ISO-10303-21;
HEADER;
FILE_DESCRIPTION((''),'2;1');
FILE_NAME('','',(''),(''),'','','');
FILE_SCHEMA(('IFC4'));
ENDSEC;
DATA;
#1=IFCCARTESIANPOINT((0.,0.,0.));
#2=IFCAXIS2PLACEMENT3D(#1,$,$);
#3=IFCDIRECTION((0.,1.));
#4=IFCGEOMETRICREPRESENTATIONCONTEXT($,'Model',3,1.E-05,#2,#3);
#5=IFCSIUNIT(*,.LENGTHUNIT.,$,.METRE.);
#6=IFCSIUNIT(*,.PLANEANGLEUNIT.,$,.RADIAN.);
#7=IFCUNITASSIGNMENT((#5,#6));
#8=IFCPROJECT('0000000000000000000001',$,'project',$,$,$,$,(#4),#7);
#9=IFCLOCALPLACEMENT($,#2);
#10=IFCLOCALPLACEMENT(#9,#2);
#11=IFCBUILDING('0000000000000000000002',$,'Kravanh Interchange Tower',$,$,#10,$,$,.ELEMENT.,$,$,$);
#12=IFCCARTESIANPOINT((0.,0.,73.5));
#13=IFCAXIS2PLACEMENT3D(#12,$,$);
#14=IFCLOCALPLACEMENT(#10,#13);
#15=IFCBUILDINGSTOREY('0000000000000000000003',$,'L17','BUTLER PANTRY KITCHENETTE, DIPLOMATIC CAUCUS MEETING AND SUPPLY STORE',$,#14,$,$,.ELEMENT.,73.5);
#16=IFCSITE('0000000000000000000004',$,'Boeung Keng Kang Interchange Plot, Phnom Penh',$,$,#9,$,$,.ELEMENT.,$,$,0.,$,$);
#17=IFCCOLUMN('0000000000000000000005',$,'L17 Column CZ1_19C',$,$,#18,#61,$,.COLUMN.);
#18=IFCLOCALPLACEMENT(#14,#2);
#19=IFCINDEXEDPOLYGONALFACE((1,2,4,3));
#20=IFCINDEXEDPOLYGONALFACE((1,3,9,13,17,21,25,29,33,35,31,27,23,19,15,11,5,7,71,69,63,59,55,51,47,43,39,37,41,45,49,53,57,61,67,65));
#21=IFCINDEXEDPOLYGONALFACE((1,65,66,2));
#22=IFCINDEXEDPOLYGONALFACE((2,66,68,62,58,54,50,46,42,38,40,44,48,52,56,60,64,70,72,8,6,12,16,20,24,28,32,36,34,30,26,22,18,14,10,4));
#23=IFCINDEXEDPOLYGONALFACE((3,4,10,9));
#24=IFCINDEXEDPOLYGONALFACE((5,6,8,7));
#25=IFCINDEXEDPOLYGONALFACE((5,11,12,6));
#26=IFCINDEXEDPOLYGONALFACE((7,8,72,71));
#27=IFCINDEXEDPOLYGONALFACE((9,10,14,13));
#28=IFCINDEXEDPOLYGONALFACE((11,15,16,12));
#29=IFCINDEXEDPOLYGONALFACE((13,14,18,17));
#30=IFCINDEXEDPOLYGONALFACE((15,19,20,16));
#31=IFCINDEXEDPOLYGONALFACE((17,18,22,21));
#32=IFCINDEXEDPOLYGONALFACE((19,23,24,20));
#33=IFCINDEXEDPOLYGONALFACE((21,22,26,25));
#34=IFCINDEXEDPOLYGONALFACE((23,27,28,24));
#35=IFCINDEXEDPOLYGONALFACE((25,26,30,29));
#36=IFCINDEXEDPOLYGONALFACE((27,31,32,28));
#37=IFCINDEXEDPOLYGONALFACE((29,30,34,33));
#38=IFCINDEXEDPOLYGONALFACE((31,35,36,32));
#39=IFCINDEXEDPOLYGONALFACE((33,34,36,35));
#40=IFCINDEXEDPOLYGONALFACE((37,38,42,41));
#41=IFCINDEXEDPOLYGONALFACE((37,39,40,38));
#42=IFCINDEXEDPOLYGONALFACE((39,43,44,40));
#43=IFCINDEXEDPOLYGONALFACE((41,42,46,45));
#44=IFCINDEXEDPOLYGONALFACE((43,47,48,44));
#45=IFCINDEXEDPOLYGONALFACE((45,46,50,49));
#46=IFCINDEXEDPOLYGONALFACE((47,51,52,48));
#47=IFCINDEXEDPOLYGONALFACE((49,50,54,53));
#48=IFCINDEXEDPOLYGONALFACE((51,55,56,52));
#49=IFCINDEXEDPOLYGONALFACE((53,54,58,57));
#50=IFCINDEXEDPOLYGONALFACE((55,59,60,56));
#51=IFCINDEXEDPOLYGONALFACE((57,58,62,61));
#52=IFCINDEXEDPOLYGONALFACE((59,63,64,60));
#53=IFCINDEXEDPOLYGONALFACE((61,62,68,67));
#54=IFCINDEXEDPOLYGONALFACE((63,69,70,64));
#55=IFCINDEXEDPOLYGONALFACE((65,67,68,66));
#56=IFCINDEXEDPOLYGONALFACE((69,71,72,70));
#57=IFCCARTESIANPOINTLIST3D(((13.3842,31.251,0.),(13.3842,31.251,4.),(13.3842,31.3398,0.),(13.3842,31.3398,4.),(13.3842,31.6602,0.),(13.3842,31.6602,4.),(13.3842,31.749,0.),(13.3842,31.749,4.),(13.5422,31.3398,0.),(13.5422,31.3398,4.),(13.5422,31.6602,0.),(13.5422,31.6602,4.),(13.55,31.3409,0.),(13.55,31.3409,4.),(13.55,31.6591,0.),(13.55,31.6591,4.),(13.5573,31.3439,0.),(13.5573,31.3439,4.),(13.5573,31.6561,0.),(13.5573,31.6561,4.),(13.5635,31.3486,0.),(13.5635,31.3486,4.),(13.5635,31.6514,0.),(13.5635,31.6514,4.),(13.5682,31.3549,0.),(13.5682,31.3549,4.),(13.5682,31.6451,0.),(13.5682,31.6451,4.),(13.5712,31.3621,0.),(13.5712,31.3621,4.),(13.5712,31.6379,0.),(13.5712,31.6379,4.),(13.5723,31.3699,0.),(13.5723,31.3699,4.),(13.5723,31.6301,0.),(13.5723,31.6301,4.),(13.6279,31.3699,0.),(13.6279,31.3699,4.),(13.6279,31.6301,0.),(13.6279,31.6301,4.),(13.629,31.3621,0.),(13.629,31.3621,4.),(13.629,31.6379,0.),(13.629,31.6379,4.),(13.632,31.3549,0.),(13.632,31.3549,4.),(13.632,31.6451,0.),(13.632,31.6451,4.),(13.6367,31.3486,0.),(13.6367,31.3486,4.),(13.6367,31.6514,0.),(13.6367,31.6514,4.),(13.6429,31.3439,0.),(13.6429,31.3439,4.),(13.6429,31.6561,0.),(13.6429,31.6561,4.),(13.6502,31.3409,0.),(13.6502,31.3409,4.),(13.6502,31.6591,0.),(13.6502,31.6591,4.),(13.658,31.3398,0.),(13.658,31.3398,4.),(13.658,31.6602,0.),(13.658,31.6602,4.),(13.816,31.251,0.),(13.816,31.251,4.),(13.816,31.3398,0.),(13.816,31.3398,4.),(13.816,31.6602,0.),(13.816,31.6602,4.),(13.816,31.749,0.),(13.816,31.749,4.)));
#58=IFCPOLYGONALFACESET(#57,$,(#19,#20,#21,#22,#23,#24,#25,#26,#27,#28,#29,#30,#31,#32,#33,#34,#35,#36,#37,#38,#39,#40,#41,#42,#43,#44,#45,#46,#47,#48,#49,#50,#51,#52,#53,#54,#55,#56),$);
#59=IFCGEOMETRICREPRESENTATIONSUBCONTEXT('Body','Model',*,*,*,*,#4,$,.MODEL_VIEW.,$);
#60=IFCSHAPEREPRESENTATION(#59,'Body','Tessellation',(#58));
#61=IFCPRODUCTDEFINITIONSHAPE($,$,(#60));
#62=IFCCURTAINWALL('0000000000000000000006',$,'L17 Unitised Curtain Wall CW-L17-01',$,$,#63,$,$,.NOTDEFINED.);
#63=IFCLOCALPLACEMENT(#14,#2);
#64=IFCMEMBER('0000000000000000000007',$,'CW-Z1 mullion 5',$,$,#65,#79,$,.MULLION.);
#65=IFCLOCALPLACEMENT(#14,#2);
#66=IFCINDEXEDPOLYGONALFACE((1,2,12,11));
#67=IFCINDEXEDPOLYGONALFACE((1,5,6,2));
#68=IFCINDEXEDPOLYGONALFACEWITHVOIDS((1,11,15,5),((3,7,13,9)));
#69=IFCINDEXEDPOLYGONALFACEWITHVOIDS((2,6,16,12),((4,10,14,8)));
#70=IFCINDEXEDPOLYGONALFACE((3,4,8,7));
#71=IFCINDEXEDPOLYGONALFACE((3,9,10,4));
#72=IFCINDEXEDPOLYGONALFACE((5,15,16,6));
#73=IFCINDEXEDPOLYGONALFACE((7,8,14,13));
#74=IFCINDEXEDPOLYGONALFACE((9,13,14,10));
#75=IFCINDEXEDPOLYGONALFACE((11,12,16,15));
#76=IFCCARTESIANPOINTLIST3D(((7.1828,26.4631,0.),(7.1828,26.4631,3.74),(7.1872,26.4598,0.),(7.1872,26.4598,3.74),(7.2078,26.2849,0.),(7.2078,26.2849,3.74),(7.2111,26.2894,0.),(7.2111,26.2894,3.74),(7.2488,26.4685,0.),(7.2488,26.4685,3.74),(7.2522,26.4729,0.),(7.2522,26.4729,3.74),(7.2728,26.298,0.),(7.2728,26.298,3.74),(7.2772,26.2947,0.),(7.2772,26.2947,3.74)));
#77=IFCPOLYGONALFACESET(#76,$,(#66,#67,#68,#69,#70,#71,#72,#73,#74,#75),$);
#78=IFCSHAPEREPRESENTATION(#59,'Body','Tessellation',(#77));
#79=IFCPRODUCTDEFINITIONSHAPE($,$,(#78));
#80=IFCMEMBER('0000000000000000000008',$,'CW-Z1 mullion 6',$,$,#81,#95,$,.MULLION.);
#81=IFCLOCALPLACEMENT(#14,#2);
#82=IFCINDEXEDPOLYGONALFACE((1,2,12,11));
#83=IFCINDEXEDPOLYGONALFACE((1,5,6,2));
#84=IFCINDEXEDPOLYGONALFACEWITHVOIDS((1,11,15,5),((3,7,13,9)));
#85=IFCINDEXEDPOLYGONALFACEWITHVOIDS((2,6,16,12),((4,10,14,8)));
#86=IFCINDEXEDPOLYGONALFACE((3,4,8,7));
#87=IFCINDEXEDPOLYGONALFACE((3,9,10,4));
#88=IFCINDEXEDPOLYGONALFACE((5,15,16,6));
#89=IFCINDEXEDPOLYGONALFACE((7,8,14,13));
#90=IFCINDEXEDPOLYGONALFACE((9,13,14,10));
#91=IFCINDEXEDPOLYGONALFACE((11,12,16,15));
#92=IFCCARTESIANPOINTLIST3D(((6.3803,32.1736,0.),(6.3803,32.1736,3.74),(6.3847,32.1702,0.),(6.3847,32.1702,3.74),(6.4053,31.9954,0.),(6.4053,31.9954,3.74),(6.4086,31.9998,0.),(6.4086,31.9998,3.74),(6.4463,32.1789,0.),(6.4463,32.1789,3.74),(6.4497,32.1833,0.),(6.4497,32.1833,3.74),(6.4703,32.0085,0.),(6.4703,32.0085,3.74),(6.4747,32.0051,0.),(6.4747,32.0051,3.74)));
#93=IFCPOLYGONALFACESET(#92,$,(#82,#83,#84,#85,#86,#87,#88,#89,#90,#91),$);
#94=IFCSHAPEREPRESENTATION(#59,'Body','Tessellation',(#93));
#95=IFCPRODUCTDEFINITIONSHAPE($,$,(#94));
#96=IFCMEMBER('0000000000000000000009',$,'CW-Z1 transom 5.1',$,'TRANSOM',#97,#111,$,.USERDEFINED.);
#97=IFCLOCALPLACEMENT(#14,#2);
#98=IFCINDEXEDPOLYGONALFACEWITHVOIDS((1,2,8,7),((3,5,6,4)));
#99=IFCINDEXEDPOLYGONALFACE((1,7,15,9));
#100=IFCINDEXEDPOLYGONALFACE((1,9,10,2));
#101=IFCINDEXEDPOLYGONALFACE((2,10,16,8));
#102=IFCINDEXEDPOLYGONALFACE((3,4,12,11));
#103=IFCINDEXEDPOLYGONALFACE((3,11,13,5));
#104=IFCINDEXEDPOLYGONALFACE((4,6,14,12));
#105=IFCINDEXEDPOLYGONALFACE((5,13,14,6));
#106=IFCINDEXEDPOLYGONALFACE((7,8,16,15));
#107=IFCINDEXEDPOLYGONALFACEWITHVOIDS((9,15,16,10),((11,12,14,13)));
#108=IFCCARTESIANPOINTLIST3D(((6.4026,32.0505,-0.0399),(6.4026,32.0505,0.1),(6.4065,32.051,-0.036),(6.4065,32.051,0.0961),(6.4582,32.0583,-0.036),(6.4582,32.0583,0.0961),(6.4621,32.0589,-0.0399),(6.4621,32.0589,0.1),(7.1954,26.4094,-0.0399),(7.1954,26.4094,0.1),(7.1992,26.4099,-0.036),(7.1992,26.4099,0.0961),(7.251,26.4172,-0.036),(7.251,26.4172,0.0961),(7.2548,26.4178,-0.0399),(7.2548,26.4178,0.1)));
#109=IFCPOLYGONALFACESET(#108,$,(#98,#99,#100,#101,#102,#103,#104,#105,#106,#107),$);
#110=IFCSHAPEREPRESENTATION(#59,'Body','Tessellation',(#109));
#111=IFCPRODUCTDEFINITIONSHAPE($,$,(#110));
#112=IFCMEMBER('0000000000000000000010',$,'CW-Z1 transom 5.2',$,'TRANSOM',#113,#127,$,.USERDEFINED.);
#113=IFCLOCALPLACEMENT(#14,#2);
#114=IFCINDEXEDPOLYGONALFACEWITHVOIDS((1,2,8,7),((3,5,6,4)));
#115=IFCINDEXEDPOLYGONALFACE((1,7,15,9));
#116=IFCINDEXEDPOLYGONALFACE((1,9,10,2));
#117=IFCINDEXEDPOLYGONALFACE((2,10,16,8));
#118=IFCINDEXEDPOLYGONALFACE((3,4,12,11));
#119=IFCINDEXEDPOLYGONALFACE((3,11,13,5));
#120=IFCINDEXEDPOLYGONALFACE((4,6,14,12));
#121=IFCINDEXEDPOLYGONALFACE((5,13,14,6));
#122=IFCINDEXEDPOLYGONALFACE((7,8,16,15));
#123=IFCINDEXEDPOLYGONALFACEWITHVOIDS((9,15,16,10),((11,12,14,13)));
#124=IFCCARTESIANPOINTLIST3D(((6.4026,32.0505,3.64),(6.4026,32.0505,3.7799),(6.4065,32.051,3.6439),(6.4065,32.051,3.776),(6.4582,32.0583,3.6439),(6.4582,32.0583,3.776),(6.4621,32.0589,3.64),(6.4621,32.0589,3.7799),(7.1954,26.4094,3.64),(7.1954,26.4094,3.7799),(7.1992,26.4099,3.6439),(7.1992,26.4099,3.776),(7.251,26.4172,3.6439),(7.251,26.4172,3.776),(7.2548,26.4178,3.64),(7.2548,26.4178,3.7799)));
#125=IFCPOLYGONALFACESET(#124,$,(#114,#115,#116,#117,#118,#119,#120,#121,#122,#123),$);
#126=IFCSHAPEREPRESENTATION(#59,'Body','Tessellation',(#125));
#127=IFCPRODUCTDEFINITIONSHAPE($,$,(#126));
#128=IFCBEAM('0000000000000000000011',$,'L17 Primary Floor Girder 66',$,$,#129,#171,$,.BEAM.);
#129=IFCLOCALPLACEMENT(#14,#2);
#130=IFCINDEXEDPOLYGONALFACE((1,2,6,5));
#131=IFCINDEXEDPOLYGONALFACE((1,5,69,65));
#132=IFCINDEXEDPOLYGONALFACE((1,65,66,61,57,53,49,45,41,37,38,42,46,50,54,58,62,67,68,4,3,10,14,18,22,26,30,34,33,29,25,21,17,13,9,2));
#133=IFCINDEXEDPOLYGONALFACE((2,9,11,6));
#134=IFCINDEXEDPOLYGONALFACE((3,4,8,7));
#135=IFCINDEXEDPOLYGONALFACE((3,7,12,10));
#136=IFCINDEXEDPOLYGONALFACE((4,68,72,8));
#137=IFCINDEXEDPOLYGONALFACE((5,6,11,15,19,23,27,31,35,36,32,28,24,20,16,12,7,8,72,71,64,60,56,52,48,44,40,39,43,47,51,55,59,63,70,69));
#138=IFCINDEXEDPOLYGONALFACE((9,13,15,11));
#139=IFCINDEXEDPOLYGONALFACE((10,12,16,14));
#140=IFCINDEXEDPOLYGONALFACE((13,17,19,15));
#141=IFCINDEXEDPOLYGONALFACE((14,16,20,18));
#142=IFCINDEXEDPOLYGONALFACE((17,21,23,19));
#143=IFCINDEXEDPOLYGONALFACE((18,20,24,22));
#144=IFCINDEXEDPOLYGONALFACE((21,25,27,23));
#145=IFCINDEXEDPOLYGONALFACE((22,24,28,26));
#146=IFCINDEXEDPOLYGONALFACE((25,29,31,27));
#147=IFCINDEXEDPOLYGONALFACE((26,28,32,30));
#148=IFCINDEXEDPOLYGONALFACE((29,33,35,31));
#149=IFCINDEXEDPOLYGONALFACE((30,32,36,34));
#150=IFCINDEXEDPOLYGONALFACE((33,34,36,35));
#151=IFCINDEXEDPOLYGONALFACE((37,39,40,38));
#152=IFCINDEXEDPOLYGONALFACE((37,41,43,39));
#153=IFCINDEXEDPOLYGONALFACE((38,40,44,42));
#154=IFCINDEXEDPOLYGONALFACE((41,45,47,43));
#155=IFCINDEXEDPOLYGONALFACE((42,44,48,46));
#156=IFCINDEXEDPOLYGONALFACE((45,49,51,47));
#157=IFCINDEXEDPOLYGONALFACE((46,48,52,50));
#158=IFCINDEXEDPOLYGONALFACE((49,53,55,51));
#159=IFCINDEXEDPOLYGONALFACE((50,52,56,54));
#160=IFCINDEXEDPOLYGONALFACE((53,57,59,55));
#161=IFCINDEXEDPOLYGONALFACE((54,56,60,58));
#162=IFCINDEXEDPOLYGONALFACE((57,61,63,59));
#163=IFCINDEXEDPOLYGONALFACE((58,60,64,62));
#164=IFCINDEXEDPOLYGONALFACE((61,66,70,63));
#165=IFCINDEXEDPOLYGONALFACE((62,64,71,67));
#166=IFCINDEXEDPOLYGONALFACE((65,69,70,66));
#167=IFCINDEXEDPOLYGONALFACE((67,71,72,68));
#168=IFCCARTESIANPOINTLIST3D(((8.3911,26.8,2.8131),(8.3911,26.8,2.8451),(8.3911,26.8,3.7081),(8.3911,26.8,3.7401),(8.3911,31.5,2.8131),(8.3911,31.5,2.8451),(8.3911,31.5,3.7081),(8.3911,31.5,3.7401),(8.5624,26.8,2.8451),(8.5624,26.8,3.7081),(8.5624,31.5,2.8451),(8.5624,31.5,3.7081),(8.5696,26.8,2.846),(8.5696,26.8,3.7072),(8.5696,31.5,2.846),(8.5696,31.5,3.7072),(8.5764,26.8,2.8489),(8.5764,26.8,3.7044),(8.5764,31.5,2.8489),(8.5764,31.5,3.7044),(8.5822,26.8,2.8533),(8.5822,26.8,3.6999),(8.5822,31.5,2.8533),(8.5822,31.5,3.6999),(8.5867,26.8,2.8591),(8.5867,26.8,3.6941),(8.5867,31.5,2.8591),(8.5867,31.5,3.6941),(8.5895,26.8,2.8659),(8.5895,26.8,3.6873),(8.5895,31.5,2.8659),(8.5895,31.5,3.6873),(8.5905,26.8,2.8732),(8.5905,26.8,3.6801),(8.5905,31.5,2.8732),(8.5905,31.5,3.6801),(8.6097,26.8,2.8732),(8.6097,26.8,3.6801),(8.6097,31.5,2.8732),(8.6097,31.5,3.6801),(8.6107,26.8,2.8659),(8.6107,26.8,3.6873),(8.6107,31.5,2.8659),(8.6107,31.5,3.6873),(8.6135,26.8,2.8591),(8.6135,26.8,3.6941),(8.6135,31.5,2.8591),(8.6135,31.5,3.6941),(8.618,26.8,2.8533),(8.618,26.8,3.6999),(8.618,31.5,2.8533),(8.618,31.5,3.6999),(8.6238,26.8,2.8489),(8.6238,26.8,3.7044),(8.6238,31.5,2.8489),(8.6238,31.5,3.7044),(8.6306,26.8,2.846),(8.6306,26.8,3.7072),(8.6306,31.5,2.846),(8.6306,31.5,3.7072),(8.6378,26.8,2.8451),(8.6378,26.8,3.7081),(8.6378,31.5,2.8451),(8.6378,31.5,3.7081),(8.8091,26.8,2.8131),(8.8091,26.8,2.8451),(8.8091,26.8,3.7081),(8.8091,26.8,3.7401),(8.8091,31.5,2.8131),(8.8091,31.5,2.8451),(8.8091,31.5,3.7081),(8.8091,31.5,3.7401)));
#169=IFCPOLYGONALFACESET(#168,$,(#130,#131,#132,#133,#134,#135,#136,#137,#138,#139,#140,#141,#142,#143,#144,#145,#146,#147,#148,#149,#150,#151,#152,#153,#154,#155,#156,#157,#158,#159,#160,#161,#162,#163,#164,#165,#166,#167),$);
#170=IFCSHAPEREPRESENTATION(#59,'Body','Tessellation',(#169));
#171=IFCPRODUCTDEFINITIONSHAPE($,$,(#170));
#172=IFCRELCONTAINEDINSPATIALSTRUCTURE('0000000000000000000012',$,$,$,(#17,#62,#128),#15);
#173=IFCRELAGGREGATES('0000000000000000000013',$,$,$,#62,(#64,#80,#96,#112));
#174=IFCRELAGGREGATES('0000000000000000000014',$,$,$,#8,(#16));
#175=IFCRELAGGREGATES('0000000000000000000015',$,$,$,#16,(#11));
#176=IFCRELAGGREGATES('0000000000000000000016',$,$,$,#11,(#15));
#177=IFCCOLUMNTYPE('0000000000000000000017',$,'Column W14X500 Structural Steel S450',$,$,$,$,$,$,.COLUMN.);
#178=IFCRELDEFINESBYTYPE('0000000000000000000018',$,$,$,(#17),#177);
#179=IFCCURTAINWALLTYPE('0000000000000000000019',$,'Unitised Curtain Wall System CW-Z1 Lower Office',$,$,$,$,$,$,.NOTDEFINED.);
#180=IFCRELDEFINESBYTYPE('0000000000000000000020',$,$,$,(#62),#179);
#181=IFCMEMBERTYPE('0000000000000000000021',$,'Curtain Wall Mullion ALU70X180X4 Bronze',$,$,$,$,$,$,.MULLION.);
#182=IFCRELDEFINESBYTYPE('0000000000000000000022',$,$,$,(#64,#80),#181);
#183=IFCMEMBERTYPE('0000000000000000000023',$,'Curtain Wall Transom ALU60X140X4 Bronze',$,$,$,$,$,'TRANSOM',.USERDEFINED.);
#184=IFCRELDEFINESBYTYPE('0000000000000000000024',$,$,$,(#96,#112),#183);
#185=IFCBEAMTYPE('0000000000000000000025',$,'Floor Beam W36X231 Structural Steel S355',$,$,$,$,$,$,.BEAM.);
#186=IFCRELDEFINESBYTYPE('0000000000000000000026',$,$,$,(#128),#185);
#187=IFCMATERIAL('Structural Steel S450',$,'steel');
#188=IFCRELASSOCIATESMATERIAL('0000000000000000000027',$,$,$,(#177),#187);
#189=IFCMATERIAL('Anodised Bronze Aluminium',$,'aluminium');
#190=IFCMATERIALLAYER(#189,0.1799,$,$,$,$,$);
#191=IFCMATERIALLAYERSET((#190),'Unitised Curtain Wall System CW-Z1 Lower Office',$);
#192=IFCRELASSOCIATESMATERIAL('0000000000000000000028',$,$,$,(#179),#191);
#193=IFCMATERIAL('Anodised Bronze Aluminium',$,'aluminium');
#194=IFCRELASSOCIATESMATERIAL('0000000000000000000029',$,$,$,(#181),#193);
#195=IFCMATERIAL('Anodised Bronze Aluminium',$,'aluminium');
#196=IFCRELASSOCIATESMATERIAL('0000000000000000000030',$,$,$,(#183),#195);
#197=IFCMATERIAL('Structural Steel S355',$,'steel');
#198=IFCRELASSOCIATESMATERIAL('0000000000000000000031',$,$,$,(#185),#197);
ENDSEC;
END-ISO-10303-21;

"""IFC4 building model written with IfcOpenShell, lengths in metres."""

from ifc_helpers import new_model, si_unit, direction, frame, origin, origin_2d, place, context, subcontext, project, spatial, hollow_rectangle, i_section, extrude, material, layer, layer_set, material_profile, profile_set, type_object, element, aggregate, save


model = new_model("IFC4")

# Units and contexts
model_context = context("Model", 3, precision=1e-05, world=origin(), true_north=direction((0.0, 1.0)))
body_context = subcontext(model_context, "Body", "Model", "MODEL_VIEW")
ifc_project = project(units=[si_unit("LENGTHUNIT", "METRE"), si_unit("PLANEANGLEUNIT", "RADIAN")], contexts=[model_context])

# Site, building, storey
site_placement = place(None, origin())
site = spatial("IfcSite", under=ifc_project, at=site_placement, Name="Boeung Keng Kang Interchange Plot, Phnom Penh", CompositionType="ELEMENT", RefElevation=0.0)
building_placement = place(site_placement, origin())
building = spatial("IfcBuilding", under=site, at=building_placement, Name="Kravanh Interchange Tower", CompositionType="ELEMENT")
storey_placement = place(building_placement, frame((0.0, 0.0, 73.5)))
storey = spatial("IfcBuildingStorey", under=building, at=storey_placement, Name="L17", Description="BUTLER PANTRY KITCHENETTE, DIPLOMATIC CAUCUS MEETING AND SUPPLY STORE", CompositionType="ELEMENT", Elevation=73.5)

# Column
ifc_material_1 = material(Name="Structural Steel S450", Category="steel")
ifc_material_profile_1 = material_profile(ifc_material_1, i_section(OverallWidth=0.4319, OverallDepth=0.498, WebThickness=0.0557, FlangeThickness=0.0889, FilletRadius=0.03, at=origin_2d()), Name="W14X500")
ifc_profile_set_1 = profile_set([ifc_material_profile_1], Name="Structural Steel S450")
column_type = type_object("IfcColumnType", Name="Column W14X500 Structural Steel S450", PredefinedType="COLUMN", material=ifc_profile_set_1)
for number, where, z_axis, x_axis, name in (
    (1, (13.6001, 31.5, 0.0), (0.0, 0.0, 1.0), (1.0, 0.0, 0.0), "L17 Column CZ1_19C"),
):
    element("IfcColumn", number, at=place(storey_placement, frame(where, z_axis=z_axis, x_axis=x_axis)), inside=storey, type_object=column_type, Name=name, PredefinedType="COLUMN", context=body_context, shape_type="SweptSolid", body=[
        extrude(i_section(OverallWidth=0.4319, OverallDepth=0.498, WebThickness=0.0557, FlangeThickness=0.0889, FilletRadius=0.03, at=origin_2d()), origin(), (0.0, 0.0, 1.0), 4.0),
    ])

# Curtain wall, members
ifc_material_2 = material(Name="Anodised Bronze Aluminium", Category="aluminium")
ifc_layer_1 = layer(ifc_material_2, 0.1799)
ifc_layer_set_1 = layer_set([ifc_layer_1], Name="Unitised Curtain Wall System CW-Z1 Lower Office")
curtain_wall_type = type_object("IfcCurtainWallType", Name="Unitised Curtain Wall System CW-Z1 Lower Office", PredefinedType="NOTDEFINED", material=ifc_layer_set_1)
curtain_wall_placement = place(storey_placement, origin())
curtain_wall = element("IfcCurtainWall", 2, at=curtain_wall_placement, inside=storey, type_object=curtain_wall_type, Name="L17 Unitised Curtain Wall CW-L17-01", PredefinedType="NOTDEFINED")
ifc_material_3 = material(Name="Anodised Bronze Aluminium", Category="aluminium")
ifc_material_profile_2 = material_profile(ifc_material_3, hollow_rectangle(XDim=0.0701, YDim=0.1799, WallThickness=0.0039, at=origin_2d()), Name="ALU70X180X4")
ifc_profile_set_2 = profile_set([ifc_material_profile_2], Name="Anodised Bronze Aluminium")
member_type_1 = type_object("IfcMemberType", Name="Curtain Wall Mullion ALU70X180X4 Bronze", PredefinedType="MULLION", material=ifc_profile_set_2)
member_1_placement = place(storey_placement, frame((7.23, 26.3789, 0.0), z_axis=(0.0, 0.0, 1.0), x_axis=(-0.990268, -0.139177, 0.0)))
member_1 = element("IfcMember", 3, at=member_1_placement, type_object=member_type_1, Name="CW-Z1 mullion 5", PredefinedType="MULLION", context=body_context, shape_type="SweptSolid", body=[
    extrude(hollow_rectangle(XDim=0.0701, YDim=0.1799, WallThickness=0.0039, at=origin_2d()), origin(), (0.0, 0.0, 1.0), 3.74),
])
member_2_placement = place(storey_placement, frame((6.4275, 32.0894, 0.0), z_axis=(0.0, 0.0, 1.0), x_axis=(-0.990268, -0.139177, 0.0)))
member_2 = element("IfcMember", 4, at=member_2_placement, type_object=member_type_1, Name="CW-Z1 mullion 6", PredefinedType="MULLION", context=body_context, shape_type="SweptSolid", body=[
    extrude(hollow_rectangle(XDim=0.0701, YDim=0.1799, WallThickness=0.0039, at=origin_2d()), origin(), (0.0, 0.0, 1.0), 3.74),
])
ifc_material_4 = material(Name="Anodised Bronze Aluminium", Category="aluminium")
ifc_material_profile_3 = material_profile(ifc_material_4, hollow_rectangle(XDim=0.0601, YDim=0.1399, WallThickness=0.0039, at=origin_2d()), Name="ALU60X140X4")
ifc_profile_set_3 = profile_set([ifc_material_profile_3], Name="Anodised Bronze Aluminium")
member_type_2 = type_object("IfcMemberType", Name="Curtain Wall Transom ALU60X140X4 Bronze", ElementType="TRANSOM", PredefinedType="USERDEFINED", material=ifc_profile_set_3)
member_3_placement = place(storey_placement, frame((7.2251, 26.4136, 0.03), z_axis=(-0.139159, 0.99027, 0.0), x_axis=(-0.99027, -0.139159, 0.0)))
member_3 = element("IfcMember", 5, at=member_3_placement, type_object=member_type_2, Name="CW-Z1 transom 5.1", ObjectType="TRANSOM", PredefinedType="USERDEFINED", context=body_context, shape_type="SweptSolid", body=[
    extrude(hollow_rectangle(XDim=0.0601, YDim=0.1399, WallThickness=0.0039, at=origin_2d()), origin(), (0.0, 0.0, 1.0), 5.6965),
])
member_4_placement = place(storey_placement, frame((7.2251, 26.4136, 3.71), z_axis=(-0.139159, 0.99027, 0.0), x_axis=(-0.99027, -0.139159, 0.0)))
member_4 = element("IfcMember", 6, at=member_4_placement, type_object=member_type_2, Name="CW-Z1 transom 5.2", ObjectType="TRANSOM", PredefinedType="USERDEFINED", context=body_context, shape_type="SweptSolid", body=[
    extrude(hollow_rectangle(XDim=0.0601, YDim=0.1399, WallThickness=0.0039, at=origin_2d()), origin(), (0.0, 0.0, 1.0), 5.6965),
])

# Beam
ifc_material_5 = material(Name="Structural Steel S355", Category="steel")
ifc_material_profile_4 = material_profile(ifc_material_5, i_section(OverallWidth=0.418, OverallDepth=0.927, WebThickness=0.0193, FlangeThickness=0.032, FilletRadius=0.0281, at=origin_2d()), Name="W36X231")
ifc_profile_set_4 = profile_set([ifc_material_profile_4], Name="Structural Steel S355")
beam_type_1 = type_object("IfcBeamType", Name="Floor Beam W36X231 Structural Steel S355", PredefinedType="BEAM", material=ifc_profile_set_4)
beam_1_placement = place(storey_placement, frame((8.6001, 26.8, 3.2766), z_axis=(0.0, 1.0, 0.0), x_axis=(-1.0, 0.0, 0.0)))
element("IfcBeam", 7, at=beam_1_placement, inside=storey, type_object=beam_type_1, Name="L17 Primary Floor Girder 66", PredefinedType="BEAM", context=body_context, shape_type="SweptSolid", body=[
    extrude(i_section(OverallWidth=0.418, OverallDepth=0.927, WebThickness=0.0193, FlangeThickness=0.032, FilletRadius=0.0281, at=origin_2d()), origin(), (0.0, 0.0, 1.0), 4.7),
])

aggregate(curtain_wall, [member_1, member_2, member_3, member_4])

save(model, "model.ifc")
